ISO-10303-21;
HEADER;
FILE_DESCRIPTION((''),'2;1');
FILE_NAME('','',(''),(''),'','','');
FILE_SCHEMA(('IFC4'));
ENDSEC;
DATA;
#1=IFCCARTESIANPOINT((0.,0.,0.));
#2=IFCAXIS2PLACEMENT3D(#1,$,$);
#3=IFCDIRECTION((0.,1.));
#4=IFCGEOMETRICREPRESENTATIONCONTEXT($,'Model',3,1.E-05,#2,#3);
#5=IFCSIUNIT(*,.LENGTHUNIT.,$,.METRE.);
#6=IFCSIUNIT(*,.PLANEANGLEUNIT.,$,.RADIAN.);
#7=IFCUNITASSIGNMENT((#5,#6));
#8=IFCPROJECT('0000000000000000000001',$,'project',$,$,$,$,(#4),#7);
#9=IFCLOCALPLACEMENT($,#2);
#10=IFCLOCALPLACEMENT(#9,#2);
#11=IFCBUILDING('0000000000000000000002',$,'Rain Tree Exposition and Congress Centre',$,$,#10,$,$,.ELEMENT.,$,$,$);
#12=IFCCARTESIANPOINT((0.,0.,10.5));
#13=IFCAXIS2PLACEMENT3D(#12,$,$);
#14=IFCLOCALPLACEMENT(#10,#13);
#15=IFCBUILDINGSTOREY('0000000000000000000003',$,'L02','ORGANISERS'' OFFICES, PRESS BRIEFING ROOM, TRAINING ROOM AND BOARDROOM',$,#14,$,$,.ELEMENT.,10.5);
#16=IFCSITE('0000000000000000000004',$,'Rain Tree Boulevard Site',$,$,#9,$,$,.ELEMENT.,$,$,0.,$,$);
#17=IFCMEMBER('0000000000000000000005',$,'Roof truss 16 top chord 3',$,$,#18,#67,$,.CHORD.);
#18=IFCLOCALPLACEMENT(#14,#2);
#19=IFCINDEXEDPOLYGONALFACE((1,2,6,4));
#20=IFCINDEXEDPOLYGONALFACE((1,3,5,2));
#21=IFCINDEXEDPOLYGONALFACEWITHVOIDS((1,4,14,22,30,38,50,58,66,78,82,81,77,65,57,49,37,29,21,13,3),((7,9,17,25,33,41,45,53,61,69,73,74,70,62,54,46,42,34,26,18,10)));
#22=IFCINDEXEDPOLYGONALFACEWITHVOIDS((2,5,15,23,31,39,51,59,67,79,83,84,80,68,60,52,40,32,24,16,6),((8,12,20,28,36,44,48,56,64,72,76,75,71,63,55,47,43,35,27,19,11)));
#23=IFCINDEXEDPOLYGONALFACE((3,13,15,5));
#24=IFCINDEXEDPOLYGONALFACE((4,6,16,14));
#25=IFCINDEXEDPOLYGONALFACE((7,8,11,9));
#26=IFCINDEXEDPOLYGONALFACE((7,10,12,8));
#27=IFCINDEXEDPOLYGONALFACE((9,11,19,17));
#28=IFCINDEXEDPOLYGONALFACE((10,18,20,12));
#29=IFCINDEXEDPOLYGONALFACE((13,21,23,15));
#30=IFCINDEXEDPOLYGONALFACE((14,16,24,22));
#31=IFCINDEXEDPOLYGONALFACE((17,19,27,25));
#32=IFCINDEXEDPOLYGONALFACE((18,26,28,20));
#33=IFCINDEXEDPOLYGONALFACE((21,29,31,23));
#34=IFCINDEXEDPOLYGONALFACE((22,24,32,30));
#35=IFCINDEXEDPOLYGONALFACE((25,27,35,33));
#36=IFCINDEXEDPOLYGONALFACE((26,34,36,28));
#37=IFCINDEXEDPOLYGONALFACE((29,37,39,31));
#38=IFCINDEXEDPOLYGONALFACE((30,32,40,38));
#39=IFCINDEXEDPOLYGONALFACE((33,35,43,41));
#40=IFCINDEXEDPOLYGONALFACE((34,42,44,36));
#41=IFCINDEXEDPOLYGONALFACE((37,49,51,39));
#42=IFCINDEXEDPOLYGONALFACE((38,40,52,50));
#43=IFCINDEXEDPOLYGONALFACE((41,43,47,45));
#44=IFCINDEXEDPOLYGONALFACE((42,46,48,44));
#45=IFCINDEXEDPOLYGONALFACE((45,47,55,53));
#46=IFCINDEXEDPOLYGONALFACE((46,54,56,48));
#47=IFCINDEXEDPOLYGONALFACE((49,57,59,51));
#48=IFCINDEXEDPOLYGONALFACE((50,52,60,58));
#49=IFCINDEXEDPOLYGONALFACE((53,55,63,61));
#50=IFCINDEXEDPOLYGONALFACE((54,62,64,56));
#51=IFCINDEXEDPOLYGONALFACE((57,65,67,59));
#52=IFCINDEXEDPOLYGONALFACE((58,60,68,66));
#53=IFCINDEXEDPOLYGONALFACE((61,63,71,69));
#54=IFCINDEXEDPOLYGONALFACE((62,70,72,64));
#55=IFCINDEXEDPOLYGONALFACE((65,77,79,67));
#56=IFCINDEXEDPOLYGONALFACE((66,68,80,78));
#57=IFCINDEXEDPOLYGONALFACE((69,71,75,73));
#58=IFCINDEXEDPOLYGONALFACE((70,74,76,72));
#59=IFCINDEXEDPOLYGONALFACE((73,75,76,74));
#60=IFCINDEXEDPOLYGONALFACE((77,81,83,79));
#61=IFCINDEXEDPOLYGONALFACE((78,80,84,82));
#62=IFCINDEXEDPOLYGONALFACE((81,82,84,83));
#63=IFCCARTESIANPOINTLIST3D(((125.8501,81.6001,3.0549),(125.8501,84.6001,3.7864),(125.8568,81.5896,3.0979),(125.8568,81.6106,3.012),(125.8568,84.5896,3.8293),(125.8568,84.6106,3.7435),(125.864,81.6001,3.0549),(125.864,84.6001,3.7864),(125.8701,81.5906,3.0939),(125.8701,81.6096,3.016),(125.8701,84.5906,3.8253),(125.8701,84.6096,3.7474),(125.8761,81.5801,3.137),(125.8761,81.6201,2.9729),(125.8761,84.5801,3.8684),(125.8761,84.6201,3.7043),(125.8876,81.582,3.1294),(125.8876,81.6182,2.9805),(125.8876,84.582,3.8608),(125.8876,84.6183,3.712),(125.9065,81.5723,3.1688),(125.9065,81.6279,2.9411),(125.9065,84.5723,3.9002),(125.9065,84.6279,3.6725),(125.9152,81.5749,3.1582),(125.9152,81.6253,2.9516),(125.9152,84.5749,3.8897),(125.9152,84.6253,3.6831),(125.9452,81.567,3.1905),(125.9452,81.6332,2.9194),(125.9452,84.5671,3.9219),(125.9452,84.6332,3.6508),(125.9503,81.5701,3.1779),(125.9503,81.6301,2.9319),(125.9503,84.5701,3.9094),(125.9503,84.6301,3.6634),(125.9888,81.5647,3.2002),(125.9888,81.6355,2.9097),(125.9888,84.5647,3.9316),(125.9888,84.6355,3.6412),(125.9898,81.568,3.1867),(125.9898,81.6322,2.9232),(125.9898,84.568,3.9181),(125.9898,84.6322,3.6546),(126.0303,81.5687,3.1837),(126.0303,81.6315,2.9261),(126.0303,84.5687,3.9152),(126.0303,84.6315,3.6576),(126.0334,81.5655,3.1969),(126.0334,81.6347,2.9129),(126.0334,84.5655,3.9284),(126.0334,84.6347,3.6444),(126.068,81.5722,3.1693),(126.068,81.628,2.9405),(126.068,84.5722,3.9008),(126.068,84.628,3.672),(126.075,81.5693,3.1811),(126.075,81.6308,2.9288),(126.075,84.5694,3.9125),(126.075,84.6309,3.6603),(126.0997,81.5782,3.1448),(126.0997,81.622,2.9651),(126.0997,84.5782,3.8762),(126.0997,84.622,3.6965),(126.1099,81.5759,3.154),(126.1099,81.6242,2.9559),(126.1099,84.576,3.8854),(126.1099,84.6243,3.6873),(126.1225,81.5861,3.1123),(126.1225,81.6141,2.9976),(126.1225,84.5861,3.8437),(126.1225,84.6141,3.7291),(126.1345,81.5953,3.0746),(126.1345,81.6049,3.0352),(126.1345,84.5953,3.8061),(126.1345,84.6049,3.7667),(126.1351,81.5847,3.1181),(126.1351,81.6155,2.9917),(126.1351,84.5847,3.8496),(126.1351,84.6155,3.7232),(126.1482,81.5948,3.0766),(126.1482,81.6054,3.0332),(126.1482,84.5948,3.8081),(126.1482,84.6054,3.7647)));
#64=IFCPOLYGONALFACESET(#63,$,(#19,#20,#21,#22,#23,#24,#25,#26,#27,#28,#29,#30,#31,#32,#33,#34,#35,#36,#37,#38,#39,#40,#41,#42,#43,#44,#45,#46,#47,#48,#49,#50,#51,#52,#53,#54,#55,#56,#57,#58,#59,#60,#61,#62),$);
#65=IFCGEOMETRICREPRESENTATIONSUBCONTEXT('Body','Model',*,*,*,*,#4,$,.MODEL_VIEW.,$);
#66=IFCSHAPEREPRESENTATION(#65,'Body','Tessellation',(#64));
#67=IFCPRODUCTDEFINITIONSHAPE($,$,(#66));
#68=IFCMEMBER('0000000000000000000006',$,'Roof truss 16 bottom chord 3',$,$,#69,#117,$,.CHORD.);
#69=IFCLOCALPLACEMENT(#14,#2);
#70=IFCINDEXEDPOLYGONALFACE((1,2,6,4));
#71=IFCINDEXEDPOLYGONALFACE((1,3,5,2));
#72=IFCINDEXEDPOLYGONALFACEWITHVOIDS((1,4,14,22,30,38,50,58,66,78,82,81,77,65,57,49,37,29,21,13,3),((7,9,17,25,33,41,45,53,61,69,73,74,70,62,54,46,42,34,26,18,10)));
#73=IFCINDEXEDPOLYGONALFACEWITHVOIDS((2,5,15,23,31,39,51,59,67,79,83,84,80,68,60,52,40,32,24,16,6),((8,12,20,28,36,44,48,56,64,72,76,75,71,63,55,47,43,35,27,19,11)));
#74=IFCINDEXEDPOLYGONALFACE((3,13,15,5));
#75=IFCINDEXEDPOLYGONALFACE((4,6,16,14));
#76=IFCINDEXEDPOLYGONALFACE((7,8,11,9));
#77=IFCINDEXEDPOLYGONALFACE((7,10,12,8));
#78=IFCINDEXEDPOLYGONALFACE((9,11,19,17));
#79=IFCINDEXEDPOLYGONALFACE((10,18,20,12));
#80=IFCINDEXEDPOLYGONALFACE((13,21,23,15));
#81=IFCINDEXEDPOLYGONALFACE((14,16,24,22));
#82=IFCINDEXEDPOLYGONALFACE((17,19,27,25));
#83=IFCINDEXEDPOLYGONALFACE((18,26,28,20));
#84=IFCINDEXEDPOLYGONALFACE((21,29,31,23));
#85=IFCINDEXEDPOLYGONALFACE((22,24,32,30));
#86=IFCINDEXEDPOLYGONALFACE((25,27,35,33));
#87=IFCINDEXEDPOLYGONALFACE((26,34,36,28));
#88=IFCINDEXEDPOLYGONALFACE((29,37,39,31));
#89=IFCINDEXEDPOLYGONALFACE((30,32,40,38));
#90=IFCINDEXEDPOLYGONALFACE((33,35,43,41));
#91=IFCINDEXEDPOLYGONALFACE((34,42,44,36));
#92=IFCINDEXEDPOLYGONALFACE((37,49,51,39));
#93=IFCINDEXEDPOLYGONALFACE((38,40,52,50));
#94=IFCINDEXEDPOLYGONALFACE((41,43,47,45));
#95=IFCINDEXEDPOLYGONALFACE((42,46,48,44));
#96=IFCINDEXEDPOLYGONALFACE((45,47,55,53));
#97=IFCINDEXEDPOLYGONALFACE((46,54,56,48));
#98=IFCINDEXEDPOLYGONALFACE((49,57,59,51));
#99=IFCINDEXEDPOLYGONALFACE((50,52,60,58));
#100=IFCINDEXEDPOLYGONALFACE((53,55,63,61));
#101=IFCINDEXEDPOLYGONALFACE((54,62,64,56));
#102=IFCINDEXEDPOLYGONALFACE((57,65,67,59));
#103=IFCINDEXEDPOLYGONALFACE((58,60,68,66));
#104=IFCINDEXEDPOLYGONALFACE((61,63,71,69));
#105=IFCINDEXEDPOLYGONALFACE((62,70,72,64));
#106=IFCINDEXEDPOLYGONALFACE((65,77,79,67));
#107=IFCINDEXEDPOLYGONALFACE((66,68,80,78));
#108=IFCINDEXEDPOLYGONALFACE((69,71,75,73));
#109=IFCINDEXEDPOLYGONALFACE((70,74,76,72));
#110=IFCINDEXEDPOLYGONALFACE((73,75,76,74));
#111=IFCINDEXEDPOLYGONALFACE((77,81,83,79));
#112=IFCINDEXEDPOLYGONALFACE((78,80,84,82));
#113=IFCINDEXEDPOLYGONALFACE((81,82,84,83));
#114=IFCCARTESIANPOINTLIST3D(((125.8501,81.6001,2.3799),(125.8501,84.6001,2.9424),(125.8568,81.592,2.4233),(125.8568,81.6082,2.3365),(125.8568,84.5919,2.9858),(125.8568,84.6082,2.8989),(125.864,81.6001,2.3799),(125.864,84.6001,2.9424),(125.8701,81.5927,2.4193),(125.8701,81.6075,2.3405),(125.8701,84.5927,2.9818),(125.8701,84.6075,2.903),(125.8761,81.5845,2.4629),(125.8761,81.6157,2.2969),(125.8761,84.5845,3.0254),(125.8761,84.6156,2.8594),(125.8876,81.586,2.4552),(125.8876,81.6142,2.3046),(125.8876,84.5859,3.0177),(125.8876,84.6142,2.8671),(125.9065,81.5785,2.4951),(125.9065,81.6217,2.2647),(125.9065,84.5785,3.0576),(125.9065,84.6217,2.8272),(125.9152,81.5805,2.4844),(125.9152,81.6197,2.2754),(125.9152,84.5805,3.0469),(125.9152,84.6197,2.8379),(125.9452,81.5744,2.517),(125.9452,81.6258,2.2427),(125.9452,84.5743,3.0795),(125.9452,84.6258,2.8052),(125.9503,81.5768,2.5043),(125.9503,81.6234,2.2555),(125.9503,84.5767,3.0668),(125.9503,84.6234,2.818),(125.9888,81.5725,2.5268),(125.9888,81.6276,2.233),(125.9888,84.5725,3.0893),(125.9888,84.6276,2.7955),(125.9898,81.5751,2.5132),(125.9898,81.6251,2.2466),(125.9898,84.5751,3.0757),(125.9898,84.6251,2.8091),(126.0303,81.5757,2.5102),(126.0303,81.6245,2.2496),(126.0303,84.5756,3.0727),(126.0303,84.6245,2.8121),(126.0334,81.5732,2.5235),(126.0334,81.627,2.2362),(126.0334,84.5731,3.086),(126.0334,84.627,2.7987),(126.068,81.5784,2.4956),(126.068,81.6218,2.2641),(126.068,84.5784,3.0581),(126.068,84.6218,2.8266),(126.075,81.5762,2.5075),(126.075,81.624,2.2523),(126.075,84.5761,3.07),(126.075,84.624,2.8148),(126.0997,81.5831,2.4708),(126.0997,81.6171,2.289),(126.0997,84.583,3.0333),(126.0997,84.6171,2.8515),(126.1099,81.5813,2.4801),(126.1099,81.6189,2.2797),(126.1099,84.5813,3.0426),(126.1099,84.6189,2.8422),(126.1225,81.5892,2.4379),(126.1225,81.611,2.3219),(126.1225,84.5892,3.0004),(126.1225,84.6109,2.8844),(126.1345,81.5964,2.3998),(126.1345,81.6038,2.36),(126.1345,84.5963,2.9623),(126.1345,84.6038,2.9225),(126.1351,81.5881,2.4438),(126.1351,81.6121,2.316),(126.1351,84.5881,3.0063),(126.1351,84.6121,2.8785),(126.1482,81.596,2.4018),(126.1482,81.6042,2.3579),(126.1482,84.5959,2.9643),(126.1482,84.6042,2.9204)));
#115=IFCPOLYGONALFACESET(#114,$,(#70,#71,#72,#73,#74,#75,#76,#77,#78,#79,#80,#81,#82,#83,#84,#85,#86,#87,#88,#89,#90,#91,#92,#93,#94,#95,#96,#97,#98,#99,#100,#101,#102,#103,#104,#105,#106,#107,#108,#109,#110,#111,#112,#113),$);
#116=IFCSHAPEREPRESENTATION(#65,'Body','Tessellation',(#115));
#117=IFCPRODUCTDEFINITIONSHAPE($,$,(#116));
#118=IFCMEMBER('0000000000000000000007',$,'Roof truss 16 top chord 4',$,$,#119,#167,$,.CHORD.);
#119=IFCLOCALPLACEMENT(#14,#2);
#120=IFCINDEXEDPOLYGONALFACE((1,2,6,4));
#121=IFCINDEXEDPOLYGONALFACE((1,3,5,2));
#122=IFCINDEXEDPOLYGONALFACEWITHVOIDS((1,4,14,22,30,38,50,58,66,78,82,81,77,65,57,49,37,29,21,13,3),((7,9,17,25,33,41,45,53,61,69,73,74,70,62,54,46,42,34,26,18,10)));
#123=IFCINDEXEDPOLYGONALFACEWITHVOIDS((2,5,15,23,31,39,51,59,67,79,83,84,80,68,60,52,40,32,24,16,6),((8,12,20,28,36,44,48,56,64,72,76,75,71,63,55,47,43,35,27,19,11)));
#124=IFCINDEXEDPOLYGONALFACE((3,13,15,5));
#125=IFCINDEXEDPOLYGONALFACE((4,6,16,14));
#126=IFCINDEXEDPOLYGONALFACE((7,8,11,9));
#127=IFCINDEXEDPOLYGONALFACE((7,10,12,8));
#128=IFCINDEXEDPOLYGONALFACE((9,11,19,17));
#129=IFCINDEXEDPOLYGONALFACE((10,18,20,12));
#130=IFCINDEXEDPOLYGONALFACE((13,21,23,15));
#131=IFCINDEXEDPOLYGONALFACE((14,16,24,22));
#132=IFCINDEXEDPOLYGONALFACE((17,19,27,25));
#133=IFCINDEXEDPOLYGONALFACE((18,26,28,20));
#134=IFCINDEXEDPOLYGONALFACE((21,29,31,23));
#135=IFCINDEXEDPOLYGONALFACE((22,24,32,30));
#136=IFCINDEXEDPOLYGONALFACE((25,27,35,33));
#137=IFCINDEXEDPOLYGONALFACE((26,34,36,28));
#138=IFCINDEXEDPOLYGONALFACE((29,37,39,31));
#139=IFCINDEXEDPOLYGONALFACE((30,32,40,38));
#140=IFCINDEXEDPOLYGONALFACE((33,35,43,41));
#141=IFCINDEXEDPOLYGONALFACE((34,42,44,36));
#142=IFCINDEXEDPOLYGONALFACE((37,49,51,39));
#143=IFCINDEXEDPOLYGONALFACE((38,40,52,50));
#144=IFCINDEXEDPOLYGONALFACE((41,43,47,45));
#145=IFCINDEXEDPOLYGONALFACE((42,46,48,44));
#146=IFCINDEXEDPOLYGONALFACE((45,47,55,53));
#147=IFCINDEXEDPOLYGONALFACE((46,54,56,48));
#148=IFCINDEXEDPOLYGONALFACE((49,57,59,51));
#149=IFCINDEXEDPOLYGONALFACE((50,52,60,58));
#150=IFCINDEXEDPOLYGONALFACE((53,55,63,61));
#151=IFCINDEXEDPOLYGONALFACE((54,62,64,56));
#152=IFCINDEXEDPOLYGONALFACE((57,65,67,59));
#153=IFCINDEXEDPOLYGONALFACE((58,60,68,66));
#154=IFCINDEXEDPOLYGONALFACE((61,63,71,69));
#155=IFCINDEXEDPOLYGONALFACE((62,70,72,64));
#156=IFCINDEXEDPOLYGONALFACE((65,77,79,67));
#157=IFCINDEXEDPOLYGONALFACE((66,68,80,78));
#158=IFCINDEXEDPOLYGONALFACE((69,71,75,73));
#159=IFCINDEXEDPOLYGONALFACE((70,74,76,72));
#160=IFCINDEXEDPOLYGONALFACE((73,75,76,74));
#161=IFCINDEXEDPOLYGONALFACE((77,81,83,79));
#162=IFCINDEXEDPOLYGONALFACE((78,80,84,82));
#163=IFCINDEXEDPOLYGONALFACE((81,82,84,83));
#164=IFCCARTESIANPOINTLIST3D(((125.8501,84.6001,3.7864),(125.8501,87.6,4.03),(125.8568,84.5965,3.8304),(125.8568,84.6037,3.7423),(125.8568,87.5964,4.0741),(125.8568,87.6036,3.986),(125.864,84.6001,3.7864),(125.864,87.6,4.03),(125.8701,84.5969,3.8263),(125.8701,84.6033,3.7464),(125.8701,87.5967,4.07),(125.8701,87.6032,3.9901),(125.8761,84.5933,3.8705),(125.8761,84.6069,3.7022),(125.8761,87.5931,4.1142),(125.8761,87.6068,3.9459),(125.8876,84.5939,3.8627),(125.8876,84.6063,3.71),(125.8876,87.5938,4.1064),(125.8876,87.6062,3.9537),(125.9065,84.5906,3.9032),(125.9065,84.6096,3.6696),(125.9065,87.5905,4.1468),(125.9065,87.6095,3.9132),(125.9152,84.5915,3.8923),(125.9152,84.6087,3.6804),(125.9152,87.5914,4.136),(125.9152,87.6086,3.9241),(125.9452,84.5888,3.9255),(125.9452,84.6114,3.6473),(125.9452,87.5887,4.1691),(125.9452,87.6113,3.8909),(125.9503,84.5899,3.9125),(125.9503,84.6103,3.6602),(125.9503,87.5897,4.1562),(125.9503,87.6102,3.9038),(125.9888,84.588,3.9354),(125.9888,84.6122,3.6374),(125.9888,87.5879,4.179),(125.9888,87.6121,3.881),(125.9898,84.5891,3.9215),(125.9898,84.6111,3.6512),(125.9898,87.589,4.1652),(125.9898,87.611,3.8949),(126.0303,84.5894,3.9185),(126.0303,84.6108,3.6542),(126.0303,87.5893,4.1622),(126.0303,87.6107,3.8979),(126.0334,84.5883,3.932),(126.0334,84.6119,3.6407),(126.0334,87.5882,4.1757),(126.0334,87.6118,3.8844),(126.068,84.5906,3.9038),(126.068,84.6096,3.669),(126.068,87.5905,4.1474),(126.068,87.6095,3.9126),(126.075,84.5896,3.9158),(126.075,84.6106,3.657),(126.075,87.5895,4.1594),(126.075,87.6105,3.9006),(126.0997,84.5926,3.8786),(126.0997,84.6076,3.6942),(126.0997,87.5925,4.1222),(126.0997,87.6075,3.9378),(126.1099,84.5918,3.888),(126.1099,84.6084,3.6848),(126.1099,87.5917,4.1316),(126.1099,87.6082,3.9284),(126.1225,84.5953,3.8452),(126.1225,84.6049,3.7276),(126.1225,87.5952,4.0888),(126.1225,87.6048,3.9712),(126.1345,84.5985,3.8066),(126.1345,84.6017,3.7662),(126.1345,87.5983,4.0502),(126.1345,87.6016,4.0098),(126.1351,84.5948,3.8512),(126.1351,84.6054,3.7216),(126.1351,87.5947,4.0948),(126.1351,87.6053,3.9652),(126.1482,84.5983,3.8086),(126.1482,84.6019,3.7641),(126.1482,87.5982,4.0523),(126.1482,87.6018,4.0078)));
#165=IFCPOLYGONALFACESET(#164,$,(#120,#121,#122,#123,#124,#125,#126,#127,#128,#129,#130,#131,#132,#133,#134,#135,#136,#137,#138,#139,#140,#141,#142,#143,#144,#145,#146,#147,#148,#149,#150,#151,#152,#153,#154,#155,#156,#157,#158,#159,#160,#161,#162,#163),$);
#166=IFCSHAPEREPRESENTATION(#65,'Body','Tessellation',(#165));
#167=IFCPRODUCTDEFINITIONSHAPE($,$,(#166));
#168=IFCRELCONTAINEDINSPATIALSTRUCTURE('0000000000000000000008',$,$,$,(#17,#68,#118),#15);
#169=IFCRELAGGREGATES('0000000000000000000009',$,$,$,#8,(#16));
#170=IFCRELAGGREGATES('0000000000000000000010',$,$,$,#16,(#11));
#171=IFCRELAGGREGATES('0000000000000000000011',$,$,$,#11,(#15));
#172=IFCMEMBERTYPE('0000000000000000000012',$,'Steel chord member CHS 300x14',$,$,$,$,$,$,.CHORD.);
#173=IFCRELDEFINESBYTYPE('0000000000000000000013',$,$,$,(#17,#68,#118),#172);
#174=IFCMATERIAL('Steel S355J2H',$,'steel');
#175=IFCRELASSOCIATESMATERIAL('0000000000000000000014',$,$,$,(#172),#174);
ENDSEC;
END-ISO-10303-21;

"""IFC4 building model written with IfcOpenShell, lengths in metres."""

from ifc_helpers import new_model, si_unit, direction, frame, origin, origin_2d, place, context, subcontext, project, spatial, hollow_circle, extrude, material, material_profile, profile_set, type_object, element, save


model = new_model("IFC4")

# Units and contexts
model_context = context("Model", 3, precision=1e-05, world=origin(), true_north=direction((0.0, 1.0)))
body_context = subcontext(model_context, "Body", "Model", "MODEL_VIEW")
ifc_project = project(units=[si_unit("LENGTHUNIT", "METRE"), si_unit("PLANEANGLEUNIT", "RADIAN")], contexts=[model_context])

# Site, building, storey
site_placement = place(None, origin())
site = spatial("IfcSite", under=ifc_project, at=site_placement, Name="Rain Tree Boulevard Site", CompositionType="ELEMENT", RefElevation=0.0)
building_placement = place(site_placement, origin())
building = spatial("IfcBuilding", under=site, at=building_placement, Name="Rain Tree Exposition and Congress Centre", CompositionType="ELEMENT")
storey_placement = place(building_placement, frame((0.0, 0.0, 10.5)))
storey = spatial("IfcBuildingStorey", under=building, at=storey_placement, Name="L02", Description="ORGANISERS' OFFICES, PRESS BRIEFING ROOM, TRAINING ROOM AND BOARDROOM", CompositionType="ELEMENT", Elevation=10.5)

# Members
ifc_material_1 = material(Name="Steel S355J2H", Category="steel")
ifc_material_profile_1 = material_profile(ifc_material_1, hollow_circle(Radius=0.1499, WallThickness=0.0139, at=origin_2d()), Name="CHS 300x14")
ifc_profile_set_1 = profile_set([ifc_material_profile_1], Name="Steel S355J2H")
member_type_1 = type_object("IfcMemberType", Name="Steel chord member CHS 300x14", PredefinedType="CHORD", material=ifc_profile_set_1)
member_1_placement = place(storey_placement, frame((126.0, 81.6001, 3.0549), z_axis=(0.0, 0.97154, 0.236876), x_axis=(-1.0, 0.0, 0.0)))
element("IfcMember", 1, at=member_1_placement, inside=storey, type_object=member_type_1, Name="Roof truss 16 top chord 3", PredefinedType="CHORD", context=body_context, shape_type="SweptSolid", body=[
    extrude(hollow_circle(Radius=0.1499, WallThickness=0.0139, at=origin_2d()), origin(), (0.0, 0.0, 1.0), 3.0879),
])
member_2_placement = place(storey_placement, frame((126.0, 81.6001, 2.3799), z_axis=(0.0, 0.982872, 0.184289), x_axis=(-1.0, 0.0, 0.0)))
element("IfcMember", 2, at=member_2_placement, inside=storey, type_object=member_type_1, Name="Roof truss 16 bottom chord 3", PredefinedType="CHORD", context=body_context, shape_type="SweptSolid", body=[
    extrude(hollow_circle(Radius=0.1499, WallThickness=0.0139, at=origin_2d()), origin(), (0.0, 0.0, 1.0), 3.0522),
])
member_3_placement = place(storey_placement, frame((126.0, 84.6001, 3.7864), z_axis=(0.0, 0.996718, 0.080951), x_axis=(-1.0, 0.0, 0.0)))
element("IfcMember", 3, at=member_3_placement, inside=storey, type_object=member_type_1, Name="Roof truss 16 top chord 4", PredefinedType="CHORD", context=body_context, shape_type="SweptSolid", body=[
    extrude(hollow_circle(Radius=0.1499, WallThickness=0.0139, at=origin_2d()), origin(), (0.0, 0.0, 1.0), 3.0098),
])

save(model, "model.ifc")
